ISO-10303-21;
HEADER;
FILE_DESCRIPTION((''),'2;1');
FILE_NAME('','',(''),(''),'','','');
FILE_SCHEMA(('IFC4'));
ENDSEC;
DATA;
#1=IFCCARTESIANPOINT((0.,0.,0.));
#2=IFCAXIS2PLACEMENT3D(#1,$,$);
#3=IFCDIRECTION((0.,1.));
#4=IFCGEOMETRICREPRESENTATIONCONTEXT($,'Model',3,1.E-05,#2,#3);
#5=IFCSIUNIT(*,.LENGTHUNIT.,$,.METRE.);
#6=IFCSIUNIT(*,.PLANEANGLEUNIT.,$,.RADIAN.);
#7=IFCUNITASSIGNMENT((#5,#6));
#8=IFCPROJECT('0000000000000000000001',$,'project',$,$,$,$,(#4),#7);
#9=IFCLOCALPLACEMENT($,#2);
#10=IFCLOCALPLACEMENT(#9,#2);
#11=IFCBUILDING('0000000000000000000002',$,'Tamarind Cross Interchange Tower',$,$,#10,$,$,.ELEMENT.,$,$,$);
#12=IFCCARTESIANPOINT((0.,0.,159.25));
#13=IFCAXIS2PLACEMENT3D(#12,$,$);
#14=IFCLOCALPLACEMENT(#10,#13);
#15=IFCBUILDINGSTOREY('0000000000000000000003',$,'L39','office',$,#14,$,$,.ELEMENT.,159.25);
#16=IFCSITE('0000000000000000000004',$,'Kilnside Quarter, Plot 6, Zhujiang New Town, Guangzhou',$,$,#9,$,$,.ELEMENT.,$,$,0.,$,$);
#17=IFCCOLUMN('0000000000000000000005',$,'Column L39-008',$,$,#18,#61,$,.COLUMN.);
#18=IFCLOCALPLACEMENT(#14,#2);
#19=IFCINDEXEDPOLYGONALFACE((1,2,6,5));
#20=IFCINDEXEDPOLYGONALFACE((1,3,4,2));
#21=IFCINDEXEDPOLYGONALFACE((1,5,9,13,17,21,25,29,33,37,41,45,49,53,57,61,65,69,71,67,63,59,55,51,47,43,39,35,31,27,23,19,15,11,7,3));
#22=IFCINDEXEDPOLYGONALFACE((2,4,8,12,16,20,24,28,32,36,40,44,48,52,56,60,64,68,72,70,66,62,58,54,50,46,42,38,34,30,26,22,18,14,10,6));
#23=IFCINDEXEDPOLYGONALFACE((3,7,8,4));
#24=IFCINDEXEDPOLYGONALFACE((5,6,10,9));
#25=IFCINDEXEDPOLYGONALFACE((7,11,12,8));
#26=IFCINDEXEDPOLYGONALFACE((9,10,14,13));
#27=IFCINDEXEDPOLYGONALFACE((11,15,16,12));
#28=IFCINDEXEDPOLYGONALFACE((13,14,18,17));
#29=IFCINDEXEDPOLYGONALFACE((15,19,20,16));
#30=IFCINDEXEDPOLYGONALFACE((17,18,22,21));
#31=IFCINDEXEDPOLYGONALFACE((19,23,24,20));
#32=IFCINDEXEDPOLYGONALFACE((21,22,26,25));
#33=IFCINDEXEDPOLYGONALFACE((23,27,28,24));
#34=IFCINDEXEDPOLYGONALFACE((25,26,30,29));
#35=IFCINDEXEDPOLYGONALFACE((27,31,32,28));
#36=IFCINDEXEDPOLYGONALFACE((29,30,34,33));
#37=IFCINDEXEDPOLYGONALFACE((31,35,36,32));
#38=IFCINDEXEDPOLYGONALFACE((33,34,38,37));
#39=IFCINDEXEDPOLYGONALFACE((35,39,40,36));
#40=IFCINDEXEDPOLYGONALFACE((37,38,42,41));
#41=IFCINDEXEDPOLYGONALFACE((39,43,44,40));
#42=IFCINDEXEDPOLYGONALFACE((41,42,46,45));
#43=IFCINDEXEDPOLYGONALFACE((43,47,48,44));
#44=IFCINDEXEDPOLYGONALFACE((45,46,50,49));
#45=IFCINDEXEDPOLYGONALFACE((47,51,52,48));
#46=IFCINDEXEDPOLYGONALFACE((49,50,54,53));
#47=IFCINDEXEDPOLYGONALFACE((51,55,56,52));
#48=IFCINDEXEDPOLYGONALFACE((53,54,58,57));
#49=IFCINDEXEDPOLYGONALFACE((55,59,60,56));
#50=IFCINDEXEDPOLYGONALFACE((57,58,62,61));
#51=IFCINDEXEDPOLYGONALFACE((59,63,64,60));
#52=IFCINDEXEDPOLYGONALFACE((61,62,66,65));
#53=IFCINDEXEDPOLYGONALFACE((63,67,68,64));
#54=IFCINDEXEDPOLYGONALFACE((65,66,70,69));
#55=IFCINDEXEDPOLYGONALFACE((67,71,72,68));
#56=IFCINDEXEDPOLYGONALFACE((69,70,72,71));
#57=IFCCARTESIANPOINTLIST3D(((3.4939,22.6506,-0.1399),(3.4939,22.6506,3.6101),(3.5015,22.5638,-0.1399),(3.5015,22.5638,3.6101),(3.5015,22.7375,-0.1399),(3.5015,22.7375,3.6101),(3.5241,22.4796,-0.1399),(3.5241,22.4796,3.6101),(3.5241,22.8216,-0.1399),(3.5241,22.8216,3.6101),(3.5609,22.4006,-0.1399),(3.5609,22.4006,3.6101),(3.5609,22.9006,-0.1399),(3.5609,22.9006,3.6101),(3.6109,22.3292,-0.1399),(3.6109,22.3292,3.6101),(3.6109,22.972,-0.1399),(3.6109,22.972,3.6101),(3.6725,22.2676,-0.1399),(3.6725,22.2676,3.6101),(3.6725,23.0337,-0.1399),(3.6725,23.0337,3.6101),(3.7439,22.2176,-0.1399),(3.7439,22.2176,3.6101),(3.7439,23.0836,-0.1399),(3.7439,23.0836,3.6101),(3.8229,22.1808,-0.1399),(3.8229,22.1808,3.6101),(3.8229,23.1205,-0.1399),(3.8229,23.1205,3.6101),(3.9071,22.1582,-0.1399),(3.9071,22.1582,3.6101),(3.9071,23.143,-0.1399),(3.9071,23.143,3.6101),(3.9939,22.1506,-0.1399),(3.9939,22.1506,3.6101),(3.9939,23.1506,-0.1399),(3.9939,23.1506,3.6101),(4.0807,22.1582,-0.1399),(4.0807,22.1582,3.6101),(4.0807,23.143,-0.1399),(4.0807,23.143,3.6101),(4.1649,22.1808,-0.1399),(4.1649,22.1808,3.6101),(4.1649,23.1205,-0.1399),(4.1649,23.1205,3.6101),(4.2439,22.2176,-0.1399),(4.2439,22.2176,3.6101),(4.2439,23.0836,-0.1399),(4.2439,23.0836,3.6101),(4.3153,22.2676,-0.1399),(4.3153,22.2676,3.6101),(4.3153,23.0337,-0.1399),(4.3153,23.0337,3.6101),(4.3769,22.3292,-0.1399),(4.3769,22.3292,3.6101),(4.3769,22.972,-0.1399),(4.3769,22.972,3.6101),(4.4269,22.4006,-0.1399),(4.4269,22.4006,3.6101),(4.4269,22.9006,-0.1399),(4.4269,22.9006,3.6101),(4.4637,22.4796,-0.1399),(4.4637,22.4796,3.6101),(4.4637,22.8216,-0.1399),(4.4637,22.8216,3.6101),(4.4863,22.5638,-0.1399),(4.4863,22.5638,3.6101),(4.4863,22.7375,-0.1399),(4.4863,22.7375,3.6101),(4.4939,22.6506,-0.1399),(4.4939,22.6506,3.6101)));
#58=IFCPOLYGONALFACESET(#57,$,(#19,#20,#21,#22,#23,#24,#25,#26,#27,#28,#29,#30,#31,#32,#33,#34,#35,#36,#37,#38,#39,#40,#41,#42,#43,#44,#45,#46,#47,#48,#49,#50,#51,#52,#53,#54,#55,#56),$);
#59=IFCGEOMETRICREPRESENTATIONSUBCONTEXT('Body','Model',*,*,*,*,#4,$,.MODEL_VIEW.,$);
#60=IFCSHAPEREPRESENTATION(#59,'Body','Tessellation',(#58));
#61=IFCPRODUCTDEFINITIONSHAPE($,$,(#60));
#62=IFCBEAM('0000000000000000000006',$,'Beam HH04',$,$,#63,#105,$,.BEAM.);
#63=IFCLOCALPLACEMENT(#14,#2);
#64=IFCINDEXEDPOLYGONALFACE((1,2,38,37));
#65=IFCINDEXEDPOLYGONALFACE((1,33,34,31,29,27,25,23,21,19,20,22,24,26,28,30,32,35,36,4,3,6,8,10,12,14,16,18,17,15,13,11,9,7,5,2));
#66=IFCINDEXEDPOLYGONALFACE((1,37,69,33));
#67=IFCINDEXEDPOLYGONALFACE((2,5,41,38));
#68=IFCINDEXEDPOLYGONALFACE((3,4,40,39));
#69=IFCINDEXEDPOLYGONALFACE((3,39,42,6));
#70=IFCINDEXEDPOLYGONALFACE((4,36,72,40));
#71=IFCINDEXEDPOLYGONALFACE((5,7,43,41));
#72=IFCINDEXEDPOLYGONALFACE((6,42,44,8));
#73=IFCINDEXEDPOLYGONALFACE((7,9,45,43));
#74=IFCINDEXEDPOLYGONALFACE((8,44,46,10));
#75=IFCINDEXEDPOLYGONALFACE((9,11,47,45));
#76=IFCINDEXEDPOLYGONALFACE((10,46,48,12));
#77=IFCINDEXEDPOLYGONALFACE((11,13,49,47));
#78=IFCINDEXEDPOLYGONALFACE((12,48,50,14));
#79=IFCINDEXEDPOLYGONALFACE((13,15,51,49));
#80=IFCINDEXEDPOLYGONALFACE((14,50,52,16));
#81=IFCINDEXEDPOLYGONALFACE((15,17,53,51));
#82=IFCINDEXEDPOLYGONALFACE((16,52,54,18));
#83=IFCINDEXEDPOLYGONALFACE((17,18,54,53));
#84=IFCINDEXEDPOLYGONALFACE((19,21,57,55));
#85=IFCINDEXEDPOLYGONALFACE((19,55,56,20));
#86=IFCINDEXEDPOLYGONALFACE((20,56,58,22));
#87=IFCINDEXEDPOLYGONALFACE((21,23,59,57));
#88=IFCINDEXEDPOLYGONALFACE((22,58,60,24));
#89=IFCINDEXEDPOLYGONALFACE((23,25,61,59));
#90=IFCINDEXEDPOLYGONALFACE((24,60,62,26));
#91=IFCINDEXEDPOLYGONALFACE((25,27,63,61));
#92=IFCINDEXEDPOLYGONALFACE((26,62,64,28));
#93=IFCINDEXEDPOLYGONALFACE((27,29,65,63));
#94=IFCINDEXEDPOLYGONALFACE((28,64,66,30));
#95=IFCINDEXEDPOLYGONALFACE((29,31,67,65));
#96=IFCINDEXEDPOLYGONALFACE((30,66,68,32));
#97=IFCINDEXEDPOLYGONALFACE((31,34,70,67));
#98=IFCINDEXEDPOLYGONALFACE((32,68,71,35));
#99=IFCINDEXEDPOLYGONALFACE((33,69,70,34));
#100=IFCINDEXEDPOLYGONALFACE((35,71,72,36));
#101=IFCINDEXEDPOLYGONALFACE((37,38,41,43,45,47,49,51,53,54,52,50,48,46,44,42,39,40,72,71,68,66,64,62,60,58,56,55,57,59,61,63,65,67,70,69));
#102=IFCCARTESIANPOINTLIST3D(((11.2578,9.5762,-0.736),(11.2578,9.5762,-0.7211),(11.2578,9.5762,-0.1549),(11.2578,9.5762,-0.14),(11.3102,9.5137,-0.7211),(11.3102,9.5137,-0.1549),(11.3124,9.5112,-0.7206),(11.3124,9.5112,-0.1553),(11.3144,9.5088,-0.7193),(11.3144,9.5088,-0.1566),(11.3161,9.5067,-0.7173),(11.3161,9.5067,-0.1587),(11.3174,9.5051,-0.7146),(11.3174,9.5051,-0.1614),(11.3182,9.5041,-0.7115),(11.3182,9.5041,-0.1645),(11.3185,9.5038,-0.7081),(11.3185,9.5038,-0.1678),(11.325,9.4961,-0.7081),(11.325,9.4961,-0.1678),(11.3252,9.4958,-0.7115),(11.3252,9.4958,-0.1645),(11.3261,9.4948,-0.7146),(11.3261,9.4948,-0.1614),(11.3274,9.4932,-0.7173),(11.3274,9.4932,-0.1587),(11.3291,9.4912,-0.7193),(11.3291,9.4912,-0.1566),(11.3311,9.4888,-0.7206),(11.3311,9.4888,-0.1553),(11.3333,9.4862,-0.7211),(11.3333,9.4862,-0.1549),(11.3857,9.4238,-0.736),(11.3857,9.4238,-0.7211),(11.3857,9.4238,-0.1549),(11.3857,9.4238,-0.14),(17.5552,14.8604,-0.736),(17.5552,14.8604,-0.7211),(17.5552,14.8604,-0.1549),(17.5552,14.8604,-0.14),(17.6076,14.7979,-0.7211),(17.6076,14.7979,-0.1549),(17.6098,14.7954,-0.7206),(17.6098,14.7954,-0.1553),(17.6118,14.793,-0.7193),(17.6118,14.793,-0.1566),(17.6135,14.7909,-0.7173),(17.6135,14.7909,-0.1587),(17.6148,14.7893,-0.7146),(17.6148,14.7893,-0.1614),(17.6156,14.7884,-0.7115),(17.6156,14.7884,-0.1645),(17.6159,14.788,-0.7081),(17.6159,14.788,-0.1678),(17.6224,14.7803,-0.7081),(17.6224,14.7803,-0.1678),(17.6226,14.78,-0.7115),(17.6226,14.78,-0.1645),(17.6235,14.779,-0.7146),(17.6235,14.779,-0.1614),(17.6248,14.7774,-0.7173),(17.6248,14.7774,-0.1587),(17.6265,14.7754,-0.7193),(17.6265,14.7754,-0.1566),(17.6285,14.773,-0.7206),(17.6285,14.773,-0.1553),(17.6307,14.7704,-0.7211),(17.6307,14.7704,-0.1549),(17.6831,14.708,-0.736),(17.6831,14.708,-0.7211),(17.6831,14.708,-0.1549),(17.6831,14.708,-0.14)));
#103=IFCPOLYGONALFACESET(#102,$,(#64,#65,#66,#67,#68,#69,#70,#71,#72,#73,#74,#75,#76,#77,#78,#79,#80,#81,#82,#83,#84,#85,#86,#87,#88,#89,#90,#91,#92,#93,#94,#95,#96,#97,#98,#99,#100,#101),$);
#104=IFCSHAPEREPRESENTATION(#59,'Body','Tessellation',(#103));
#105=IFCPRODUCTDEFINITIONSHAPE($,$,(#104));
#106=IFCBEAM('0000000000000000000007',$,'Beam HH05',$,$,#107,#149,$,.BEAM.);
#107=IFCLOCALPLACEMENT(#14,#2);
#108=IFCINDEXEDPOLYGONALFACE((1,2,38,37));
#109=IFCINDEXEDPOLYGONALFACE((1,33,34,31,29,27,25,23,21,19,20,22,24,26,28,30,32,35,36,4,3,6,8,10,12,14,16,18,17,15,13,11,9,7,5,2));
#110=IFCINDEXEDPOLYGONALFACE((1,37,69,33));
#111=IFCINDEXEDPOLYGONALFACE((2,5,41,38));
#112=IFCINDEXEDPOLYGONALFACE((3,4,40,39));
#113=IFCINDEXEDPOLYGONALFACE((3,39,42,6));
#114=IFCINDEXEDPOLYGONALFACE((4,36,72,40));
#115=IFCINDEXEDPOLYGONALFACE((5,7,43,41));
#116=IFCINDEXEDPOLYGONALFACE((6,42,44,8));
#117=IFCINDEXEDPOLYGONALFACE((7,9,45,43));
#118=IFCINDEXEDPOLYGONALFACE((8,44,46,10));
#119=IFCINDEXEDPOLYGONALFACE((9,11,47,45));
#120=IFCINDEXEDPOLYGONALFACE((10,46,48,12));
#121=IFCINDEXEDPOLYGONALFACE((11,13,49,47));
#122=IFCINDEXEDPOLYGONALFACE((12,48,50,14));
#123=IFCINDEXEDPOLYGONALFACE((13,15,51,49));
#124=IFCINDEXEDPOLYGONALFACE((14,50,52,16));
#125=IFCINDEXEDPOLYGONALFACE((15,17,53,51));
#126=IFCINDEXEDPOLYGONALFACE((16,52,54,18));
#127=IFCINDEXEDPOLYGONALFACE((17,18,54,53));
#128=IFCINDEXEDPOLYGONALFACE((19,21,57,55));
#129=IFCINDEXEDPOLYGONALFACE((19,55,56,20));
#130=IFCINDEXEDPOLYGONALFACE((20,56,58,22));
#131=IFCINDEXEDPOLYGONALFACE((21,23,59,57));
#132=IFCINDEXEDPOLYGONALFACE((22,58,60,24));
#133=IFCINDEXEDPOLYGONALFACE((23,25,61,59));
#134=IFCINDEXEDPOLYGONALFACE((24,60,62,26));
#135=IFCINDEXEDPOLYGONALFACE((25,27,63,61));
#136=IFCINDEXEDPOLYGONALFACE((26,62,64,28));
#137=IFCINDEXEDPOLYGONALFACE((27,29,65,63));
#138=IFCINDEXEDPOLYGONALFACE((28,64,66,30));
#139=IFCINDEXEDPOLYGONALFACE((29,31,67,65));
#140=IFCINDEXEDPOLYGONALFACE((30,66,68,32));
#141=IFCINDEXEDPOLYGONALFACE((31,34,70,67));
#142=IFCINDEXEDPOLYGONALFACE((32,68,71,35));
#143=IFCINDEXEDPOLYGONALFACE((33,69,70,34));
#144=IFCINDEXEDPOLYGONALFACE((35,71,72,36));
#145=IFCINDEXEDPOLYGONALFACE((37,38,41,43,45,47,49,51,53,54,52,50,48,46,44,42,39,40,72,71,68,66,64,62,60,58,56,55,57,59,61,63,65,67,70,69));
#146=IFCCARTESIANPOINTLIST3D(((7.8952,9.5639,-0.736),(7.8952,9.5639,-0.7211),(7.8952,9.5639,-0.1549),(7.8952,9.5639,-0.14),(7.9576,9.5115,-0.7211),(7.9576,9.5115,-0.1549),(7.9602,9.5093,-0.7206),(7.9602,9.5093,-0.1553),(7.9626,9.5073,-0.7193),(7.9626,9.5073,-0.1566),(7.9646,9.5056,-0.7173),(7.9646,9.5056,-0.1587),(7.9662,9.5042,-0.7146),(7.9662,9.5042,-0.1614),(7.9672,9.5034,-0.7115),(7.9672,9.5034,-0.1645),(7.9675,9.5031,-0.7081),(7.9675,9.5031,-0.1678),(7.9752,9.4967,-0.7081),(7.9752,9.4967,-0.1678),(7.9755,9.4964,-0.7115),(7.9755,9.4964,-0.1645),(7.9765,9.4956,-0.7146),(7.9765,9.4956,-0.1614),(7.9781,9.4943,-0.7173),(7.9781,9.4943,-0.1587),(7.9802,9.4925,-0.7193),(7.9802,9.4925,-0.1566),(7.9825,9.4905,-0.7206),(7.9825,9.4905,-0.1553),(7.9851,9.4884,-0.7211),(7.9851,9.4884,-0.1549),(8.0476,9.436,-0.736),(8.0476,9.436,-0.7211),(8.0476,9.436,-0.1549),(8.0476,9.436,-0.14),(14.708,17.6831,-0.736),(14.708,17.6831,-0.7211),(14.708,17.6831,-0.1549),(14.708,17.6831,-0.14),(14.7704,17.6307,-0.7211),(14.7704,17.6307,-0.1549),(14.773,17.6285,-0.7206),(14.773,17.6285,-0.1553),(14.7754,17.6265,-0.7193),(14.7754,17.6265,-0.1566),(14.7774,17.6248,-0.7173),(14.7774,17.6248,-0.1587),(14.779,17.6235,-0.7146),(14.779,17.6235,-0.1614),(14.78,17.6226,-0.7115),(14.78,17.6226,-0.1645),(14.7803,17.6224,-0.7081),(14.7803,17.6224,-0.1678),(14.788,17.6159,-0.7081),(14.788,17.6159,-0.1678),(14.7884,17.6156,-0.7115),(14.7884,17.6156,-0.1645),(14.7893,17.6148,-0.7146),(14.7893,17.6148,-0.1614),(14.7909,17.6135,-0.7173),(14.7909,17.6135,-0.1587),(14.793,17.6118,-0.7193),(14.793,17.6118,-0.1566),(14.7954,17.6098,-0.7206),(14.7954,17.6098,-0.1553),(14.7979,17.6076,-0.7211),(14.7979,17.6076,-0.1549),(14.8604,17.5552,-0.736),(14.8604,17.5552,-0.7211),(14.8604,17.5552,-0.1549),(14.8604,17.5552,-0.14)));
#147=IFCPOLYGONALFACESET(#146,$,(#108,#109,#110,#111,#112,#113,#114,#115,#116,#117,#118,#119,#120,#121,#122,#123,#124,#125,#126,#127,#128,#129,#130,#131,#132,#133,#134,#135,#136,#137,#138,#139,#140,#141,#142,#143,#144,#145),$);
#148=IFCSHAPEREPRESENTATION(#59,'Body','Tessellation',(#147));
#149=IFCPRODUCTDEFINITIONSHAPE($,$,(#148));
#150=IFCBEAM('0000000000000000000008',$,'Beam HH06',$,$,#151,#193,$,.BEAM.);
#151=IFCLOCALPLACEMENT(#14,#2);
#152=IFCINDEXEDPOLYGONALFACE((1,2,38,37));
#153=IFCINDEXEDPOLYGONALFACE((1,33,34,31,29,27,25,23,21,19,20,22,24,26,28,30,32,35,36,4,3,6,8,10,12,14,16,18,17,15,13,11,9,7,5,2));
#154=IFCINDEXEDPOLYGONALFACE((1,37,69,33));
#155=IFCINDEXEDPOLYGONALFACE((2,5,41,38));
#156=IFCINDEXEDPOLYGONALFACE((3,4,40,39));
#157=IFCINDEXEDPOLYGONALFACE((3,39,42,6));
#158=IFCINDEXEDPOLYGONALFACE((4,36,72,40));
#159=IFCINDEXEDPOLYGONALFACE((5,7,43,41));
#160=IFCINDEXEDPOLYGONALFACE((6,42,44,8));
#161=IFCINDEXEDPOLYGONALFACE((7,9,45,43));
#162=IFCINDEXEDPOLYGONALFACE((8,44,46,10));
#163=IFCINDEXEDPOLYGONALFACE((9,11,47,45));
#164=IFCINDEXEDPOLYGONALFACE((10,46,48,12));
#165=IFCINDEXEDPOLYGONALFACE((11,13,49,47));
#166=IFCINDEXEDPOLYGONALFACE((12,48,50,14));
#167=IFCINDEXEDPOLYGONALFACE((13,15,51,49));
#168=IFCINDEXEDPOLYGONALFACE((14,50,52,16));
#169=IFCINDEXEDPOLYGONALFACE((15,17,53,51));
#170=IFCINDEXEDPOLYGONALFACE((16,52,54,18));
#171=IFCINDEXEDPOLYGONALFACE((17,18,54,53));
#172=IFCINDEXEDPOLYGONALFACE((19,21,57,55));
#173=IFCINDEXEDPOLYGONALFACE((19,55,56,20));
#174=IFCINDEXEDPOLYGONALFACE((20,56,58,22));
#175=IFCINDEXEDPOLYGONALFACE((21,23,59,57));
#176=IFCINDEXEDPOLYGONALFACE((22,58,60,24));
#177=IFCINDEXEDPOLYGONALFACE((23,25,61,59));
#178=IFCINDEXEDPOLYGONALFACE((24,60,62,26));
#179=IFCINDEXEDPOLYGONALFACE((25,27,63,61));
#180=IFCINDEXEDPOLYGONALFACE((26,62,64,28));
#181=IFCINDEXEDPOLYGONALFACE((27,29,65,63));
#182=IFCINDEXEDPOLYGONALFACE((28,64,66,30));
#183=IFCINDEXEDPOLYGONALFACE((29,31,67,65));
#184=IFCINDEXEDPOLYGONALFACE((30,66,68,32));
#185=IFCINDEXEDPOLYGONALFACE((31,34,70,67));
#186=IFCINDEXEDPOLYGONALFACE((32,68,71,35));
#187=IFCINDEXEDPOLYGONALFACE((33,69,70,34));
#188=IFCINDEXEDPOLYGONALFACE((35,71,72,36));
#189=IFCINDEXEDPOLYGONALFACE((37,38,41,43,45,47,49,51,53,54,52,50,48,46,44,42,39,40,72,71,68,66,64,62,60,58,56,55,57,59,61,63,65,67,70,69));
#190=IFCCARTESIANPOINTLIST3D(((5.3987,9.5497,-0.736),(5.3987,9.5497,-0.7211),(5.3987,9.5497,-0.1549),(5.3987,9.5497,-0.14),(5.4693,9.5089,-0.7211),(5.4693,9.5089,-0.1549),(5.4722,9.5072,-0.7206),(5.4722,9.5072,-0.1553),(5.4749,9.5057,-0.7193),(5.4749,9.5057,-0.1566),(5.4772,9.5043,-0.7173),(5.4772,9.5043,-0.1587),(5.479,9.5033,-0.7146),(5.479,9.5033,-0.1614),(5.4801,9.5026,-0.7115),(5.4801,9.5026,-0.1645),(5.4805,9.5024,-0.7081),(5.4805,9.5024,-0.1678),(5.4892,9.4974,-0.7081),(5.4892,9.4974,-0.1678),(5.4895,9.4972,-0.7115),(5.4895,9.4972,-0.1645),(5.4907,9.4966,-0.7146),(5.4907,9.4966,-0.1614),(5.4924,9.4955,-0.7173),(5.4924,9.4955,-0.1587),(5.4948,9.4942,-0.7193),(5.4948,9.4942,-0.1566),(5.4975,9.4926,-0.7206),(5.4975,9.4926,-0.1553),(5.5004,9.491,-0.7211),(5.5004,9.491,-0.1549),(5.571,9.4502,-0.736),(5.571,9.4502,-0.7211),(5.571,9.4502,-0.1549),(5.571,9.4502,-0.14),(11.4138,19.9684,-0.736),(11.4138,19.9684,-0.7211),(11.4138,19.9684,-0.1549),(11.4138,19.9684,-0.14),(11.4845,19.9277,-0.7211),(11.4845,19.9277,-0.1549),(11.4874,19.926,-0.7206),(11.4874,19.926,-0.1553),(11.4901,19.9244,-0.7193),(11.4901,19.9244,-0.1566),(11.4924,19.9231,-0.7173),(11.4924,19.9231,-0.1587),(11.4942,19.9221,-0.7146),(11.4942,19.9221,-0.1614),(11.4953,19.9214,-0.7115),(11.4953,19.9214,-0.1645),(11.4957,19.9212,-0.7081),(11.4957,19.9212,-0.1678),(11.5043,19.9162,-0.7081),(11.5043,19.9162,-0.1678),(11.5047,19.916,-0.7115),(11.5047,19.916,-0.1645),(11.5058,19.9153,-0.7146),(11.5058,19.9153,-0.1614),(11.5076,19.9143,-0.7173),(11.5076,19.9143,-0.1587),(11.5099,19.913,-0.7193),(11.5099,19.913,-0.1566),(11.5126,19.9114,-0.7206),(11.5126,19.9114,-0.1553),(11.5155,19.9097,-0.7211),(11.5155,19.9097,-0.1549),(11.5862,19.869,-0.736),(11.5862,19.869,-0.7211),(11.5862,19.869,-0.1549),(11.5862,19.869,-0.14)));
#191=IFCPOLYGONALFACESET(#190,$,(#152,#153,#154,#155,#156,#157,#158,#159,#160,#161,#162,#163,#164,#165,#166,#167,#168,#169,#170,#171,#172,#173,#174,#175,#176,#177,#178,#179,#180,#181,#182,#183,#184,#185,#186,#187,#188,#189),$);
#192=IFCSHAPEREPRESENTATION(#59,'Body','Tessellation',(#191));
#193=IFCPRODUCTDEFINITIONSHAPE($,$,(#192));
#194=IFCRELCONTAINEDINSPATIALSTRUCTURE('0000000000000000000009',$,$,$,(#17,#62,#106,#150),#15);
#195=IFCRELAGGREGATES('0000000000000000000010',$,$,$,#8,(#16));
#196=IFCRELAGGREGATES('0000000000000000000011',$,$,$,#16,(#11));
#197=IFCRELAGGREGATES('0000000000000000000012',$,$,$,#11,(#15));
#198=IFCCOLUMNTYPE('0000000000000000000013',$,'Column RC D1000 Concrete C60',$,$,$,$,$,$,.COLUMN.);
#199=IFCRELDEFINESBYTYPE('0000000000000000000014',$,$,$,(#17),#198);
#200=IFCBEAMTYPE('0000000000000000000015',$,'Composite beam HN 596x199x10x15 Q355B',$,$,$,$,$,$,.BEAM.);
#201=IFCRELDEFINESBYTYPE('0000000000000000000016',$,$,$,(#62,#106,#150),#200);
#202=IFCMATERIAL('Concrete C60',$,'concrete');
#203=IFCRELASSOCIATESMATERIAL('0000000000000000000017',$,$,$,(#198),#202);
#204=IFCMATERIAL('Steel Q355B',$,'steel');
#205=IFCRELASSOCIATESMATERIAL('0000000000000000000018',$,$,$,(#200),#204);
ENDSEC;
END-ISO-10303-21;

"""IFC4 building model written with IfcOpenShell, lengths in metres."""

from ifc_helpers import new_model, si_unit, direction, frame, origin, origin_2d, place, context, subcontext, project, spatial, circle, i_section, extrude, material, material_profile, profile_set, type_object, element, save


model = new_model("IFC4")

# Units and contexts
model_context = context("Model", 3, precision=1e-05, world=origin(), true_north=direction((0.0, 1.0)))
body_context = subcontext(model_context, "Body", "Model", "MODEL_VIEW")
ifc_project = project(units=[si_unit("LENGTHUNIT", "METRE"), si_unit("PLANEANGLEUNIT", "RADIAN")], contexts=[model_context])

# Site, building, storey
site_placement = place(None, origin())
site = spatial("IfcSite", under=ifc_project, at=site_placement, Name="Kilnside Quarter, Plot 6, Zhujiang New Town, Guangzhou", CompositionType="ELEMENT", RefElevation=0.0)
building_placement = place(site_placement, origin())
building = spatial("IfcBuilding", under=site, at=building_placement, Name="Tamarind Cross Interchange Tower", CompositionType="ELEMENT")
storey_placement = place(building_placement, frame((0.0, 0.0, 159.25)))
storey = spatial("IfcBuildingStorey", under=building, at=storey_placement, Name="L39", Description="office", CompositionType="ELEMENT", Elevation=159.25)

# Column
ifc_material_1 = material(Name="Concrete C60", Category="concrete")
ifc_material_profile_1 = material_profile(ifc_material_1, circle(Radius=0.5, at=origin_2d()), Name="RC D1000")
ifc_profile_set_1 = profile_set([ifc_material_profile_1], Name="Concrete C60")
column_type = type_object("IfcColumnType", Name="Column RC D1000 Concrete C60", PredefinedType="COLUMN", material=ifc_profile_set_1)
for number, where, z_axis, x_axis, name in (
    (1, (3.9939, 22.6506, -0.1399), (0.0, 0.0, 1.0), (1.0, 0.0, 0.0), "Column L39-008"),
):
    element("IfcColumn", number, at=place(storey_placement, frame(where, z_axis=z_axis, x_axis=x_axis)), inside=storey, type_object=column_type, Name=name, PredefinedType="COLUMN", context=body_context, shape_type="SweptSolid", body=[
        extrude(circle(Radius=0.5, at=origin_2d()), origin(), (0.0, 0.0, 1.0), 3.75),
    ])

# Beams
ifc_material_2 = material(Name="Steel Q355B", Category="steel")
ifc_material_profile_2 = material_profile(ifc_material_2, i_section(OverallWidth=0.199, OverallDepth=0.5959, WebThickness=0.01, FlangeThickness=0.0149, FilletRadius=0.0129, at=origin_2d()), Name="HN 596x199x10x15")
ifc_profile_set_2 = profile_set([ifc_material_profile_2], Name="Steel Q355B")
beam_type = type_object("IfcBeamType", Name="Composite beam HN 596x199x10x15 Q355B", PredefinedType="BEAM", material=ifc_profile_set_2)
beam_1_placement = place(storey_placement, frame((17.6191, 14.7842, -0.438), z_axis=(-0.766041, -0.642792, 0.0), x_axis=(0.642792, -0.766041, 0.0)))
element("IfcBeam", 2, at=beam_1_placement, inside=storey, type_object=beam_type, Name="Beam HH04", PredefinedType="BEAM", context=body_context, shape_type="SweptSolid", body=[
    extrude(i_section(OverallWidth=0.199, OverallDepth=0.5959, WebThickness=0.01, FlangeThickness=0.0149, FilletRadius=0.0129, at=origin_2d()), origin(), (0.0, 0.0, 1.0), 8.2207),
])
beam_2_placement = place(storey_placement, frame((14.7842, 17.6191, -0.438), z_axis=(-0.642786, -0.766046, 0.0), x_axis=(0.766046, -0.642786, 0.0)))
element("IfcBeam", 3, at=beam_2_placement, inside=storey, type_object=beam_type, Name="Beam HH05", PredefinedType="BEAM", context=body_context, shape_type="SweptSolid", body=[
    extrude(i_section(OverallWidth=0.199, OverallDepth=0.5959, WebThickness=0.01, FlangeThickness=0.0149, FilletRadius=0.0129, at=origin_2d()), origin(), (0.0, 0.0, 1.0), 10.5989),
])
beam_3_placement = place(storey_placement, frame((11.5, 19.9187, -0.438), z_axis=(-0.499994, -0.866029, 0.0), x_axis=(0.866029, -0.499994, 0.0)))
element("IfcBeam", 4, at=beam_3_placement, inside=storey, type_object=beam_type, Name="Beam HH06", PredefinedType="BEAM", context=body_context, shape_type="SweptSolid", body=[
    extrude(i_section(OverallWidth=0.199, OverallDepth=0.5959, WebThickness=0.01, FlangeThickness=0.0149, FilletRadius=0.0129, at=origin_2d()), origin(), (0.0, 0.0, 1.0), 12.0305),
])

save(model, "model.ifc")
